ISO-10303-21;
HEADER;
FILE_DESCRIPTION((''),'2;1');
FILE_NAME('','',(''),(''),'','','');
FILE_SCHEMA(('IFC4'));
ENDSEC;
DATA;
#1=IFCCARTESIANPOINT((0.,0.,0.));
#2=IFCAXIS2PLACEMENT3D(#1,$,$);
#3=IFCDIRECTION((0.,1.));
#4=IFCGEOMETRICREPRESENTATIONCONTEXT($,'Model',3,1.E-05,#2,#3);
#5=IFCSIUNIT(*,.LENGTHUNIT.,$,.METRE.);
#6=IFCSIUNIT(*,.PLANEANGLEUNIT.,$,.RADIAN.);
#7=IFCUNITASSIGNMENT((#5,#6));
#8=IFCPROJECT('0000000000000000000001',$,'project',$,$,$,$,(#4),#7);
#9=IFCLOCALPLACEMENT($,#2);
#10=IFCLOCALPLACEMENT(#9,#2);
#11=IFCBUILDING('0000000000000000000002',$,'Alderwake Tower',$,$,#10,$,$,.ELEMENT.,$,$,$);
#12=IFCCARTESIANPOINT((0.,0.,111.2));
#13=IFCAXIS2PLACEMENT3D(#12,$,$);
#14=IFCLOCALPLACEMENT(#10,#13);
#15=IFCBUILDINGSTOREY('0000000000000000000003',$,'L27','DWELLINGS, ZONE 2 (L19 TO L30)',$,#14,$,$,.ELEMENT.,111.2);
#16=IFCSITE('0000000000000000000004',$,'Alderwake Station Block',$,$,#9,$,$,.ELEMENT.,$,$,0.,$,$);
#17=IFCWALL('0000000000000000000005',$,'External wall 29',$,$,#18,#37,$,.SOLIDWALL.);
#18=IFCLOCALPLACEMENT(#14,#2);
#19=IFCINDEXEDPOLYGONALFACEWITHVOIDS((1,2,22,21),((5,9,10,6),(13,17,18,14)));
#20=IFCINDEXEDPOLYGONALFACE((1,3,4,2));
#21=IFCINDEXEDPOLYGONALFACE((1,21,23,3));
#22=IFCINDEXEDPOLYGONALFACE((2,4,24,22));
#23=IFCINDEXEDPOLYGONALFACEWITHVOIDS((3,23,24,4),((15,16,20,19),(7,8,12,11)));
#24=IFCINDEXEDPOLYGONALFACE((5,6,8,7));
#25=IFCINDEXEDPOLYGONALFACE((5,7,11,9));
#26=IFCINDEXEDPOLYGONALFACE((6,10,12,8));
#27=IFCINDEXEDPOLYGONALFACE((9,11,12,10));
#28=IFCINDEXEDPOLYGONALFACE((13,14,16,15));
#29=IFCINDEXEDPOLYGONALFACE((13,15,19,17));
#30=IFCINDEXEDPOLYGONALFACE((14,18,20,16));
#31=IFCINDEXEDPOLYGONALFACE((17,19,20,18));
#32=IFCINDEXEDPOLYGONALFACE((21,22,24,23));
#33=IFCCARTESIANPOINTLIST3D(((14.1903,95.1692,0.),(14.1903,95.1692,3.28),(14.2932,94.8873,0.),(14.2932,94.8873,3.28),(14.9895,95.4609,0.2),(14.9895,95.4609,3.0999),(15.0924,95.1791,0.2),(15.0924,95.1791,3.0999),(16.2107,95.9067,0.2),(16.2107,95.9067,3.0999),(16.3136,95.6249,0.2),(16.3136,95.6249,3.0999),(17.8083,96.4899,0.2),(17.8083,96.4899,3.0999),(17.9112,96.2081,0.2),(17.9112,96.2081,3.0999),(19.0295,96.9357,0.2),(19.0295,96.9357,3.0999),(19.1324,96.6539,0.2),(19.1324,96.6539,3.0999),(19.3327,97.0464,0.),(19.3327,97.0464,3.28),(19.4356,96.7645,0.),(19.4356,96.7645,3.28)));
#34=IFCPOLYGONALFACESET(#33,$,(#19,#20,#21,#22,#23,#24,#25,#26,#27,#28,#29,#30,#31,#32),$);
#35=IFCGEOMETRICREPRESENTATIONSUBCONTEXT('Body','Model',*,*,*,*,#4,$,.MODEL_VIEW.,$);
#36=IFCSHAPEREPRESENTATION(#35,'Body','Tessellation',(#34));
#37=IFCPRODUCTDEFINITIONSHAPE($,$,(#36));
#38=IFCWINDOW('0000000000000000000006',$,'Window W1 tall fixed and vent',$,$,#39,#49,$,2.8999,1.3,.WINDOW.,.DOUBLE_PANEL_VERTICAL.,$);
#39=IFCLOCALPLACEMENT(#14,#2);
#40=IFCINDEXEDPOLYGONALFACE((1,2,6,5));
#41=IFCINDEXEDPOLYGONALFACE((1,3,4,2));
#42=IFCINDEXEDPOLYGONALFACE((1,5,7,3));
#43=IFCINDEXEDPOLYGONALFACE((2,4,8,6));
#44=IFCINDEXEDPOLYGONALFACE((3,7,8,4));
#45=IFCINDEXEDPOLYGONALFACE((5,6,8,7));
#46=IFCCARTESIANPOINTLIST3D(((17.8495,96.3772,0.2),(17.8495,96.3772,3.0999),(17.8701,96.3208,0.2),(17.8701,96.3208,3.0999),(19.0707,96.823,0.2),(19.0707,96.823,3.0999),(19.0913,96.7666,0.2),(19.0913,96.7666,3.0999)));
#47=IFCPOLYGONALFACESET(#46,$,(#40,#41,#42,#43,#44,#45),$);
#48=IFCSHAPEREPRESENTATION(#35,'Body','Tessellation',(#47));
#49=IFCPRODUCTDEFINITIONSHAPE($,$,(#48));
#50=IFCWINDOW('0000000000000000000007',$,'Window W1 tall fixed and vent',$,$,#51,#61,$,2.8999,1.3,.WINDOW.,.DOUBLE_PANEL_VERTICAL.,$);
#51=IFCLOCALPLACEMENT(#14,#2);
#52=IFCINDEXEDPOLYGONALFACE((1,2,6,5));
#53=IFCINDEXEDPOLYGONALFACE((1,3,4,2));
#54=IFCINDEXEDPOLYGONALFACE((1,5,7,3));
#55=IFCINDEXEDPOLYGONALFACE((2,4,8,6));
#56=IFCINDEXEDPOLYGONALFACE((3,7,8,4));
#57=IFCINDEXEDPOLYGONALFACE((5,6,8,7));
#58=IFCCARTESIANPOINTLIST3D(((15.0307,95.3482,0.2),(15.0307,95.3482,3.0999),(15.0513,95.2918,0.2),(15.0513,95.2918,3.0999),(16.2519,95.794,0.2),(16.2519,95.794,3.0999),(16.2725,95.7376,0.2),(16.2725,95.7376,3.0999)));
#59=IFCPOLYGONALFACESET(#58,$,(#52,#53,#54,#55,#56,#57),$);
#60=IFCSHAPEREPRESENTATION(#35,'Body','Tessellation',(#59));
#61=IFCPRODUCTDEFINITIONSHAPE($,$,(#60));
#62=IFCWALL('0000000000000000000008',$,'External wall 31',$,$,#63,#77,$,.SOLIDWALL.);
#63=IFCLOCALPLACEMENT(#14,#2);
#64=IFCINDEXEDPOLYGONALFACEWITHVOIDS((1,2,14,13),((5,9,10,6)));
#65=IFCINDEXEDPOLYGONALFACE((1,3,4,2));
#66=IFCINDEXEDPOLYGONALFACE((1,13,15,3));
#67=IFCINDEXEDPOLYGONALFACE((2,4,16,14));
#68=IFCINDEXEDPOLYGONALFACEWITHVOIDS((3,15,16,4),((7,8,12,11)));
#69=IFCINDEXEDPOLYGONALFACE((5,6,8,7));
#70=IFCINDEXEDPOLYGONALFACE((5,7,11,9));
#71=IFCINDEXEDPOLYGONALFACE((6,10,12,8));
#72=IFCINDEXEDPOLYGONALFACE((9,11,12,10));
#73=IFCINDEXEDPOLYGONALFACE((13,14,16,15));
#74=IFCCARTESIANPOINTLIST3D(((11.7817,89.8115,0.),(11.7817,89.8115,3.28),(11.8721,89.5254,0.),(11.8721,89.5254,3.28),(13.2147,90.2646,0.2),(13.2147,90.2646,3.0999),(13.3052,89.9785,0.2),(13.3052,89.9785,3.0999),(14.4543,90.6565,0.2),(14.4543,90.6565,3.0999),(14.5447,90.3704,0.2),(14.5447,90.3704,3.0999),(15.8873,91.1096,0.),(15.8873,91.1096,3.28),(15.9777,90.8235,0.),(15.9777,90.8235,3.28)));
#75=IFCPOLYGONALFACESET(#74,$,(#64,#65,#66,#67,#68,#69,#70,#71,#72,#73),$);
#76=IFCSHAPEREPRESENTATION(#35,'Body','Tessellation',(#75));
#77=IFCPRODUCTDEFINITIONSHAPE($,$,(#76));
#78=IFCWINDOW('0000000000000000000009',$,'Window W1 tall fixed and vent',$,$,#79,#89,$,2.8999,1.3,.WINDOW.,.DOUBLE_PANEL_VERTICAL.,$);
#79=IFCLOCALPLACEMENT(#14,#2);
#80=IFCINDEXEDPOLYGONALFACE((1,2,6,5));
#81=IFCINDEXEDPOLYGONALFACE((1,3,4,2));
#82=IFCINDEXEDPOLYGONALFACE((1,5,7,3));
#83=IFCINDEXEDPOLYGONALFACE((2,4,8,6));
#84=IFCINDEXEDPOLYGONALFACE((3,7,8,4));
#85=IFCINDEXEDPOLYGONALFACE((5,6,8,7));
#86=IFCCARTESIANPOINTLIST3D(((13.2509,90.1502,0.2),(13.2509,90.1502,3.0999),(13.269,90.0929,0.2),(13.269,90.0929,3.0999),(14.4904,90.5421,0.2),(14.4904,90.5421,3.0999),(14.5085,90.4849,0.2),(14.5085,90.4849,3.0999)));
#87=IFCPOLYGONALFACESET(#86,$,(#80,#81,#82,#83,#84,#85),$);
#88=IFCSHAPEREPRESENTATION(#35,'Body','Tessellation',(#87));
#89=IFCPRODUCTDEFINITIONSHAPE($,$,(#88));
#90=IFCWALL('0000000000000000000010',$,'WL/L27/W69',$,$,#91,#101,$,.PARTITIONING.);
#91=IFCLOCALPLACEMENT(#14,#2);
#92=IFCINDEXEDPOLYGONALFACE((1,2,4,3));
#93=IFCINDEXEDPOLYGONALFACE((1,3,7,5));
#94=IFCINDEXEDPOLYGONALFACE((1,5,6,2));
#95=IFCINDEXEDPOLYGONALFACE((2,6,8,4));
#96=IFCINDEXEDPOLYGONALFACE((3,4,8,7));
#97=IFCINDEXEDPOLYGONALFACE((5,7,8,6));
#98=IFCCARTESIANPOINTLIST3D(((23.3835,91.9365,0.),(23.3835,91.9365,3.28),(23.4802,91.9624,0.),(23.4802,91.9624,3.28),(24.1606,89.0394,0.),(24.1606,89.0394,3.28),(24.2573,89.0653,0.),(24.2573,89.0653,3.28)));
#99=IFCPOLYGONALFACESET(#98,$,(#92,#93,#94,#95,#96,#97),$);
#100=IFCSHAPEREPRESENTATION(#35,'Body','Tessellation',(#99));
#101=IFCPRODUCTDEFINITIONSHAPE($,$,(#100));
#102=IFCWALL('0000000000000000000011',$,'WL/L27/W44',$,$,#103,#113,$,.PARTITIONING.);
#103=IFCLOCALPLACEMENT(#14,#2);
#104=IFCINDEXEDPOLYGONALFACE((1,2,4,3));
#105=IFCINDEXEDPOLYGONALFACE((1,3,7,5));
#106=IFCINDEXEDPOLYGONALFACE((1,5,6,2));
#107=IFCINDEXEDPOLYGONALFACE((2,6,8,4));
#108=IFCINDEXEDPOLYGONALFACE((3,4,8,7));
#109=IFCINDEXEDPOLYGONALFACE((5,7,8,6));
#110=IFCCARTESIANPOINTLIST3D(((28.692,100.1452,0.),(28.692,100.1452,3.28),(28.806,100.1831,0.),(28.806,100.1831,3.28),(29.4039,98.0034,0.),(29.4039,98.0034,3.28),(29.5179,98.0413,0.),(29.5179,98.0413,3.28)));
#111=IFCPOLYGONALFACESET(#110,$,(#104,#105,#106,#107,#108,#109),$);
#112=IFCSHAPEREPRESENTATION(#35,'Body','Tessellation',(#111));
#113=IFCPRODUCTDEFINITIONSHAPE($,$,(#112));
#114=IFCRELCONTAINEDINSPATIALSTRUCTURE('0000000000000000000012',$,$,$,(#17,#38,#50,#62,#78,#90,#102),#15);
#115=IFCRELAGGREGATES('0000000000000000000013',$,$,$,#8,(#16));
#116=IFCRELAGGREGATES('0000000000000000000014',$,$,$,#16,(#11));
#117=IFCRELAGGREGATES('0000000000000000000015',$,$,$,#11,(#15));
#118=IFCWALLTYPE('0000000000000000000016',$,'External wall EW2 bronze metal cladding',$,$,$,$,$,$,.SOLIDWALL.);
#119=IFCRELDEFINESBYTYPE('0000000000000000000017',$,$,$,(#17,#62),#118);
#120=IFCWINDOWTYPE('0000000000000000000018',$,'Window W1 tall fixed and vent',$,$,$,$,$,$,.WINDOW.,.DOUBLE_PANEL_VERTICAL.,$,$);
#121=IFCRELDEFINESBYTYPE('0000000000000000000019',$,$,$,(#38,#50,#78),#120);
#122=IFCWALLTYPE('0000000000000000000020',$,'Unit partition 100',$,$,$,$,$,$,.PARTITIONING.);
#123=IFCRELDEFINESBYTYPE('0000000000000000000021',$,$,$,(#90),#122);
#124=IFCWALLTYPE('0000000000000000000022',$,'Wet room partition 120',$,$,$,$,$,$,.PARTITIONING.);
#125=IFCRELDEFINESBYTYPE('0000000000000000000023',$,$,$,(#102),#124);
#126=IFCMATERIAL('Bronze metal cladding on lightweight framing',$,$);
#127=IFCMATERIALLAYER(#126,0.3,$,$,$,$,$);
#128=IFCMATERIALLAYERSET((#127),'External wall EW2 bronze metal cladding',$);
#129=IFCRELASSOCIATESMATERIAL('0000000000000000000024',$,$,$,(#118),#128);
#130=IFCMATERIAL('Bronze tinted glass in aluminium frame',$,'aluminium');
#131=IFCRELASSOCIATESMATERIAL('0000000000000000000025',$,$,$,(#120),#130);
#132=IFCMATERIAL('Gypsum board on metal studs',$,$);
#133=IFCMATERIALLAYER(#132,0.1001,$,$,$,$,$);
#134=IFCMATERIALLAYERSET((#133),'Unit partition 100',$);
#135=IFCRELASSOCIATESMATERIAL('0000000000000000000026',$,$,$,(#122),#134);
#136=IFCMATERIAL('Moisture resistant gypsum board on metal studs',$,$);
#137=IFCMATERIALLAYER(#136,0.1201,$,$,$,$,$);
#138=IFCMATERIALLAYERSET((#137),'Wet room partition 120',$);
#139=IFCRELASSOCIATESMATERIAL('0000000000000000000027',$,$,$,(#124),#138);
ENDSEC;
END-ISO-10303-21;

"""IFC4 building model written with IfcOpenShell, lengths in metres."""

from ifc_helpers import new_model, si_unit, direction, frame, frame_2d, origin, place, context, subcontext, project, spatial, rectangle, extrude, material, layer, layer_set, type_object, element, fill, save


model = new_model("IFC4")

# Units and contexts
model_context = context("Model", 3, precision=1e-05, world=origin(), true_north=direction((0.0, 1.0)))
body_context = subcontext(model_context, "Body", "Model", "MODEL_VIEW")
ifc_project = project(units=[si_unit("LENGTHUNIT", "METRE"), si_unit("PLANEANGLEUNIT", "RADIAN")], contexts=[model_context])

# Site, building, storey
site_placement = place(None, origin())
site = spatial("IfcSite", under=ifc_project, at=site_placement, Name="Alderwake Station Block", CompositionType="ELEMENT", RefElevation=0.0)
building_placement = place(site_placement, origin())
building = spatial("IfcBuilding", under=site, at=building_placement, Name="Alderwake Tower", CompositionType="ELEMENT")
storey_placement = place(building_placement, frame((0.0, 0.0, 111.2)))
storey = spatial("IfcBuildingStorey", under=building, at=storey_placement, Name="L27", Description="DWELLINGS, ZONE 2 (L19 TO L30)", CompositionType="ELEMENT", Elevation=111.2)

# Wall, openings, windows
ifc_material_1 = material(Name="Bronze metal cladding on lightweight framing")
ifc_layer_1 = layer(ifc_material_1, 0.3)
ifc_layer_set_1 = layer_set([ifc_layer_1], Name="External wall EW2 bronze metal cladding")
wall_type_1 = type_object("IfcWallType", Name="External wall EW2 bronze metal cladding", PredefinedType="SOLIDWALL", material=ifc_layer_set_1)
ifc_material_2 = material(Name="Bronze tinted glass in aluminium frame", Category="aluminium")
window_type = type_object("IfcWindowType", Name="Window W1 tall fixed and vent", PartitioningType="DOUBLE_PANEL_VERTICAL", PredefinedType="WINDOW", material=ifc_material_2)
wall_1_placement = place(storey_placement, frame((19.3843, 96.9055, 0.0), z_axis=(0.0, 0.0, 1.0), x_axis=(-0.939367, -0.342914, 0.0)))
wall_1 = element("IfcWall", 1, at=wall_1_placement, inside=storey, type_object=wall_type_1, Name="External wall 29", PredefinedType="SOLIDWALL", context=body_context, shape_type="SweptSolid", body=[
    extrude(rectangle(XDim=5.4744, YDim=0.3, at=frame_2d((2.7373, 0.0))), origin(), (0.0, 0.0, 1.0), 3.28),
])
opening_1_placement = place(wall_1_placement, frame((0.323, 0.0, 0.2)))
opening_1 = element("IfcOpeningElement", 2, at=opening_1_placement, cuts=wall_1, PredefinedType="OPENING", context=body_context, shape_type="SweptSolid", body=[
    extrude(rectangle(XDim=1.3, YDim=2.8999, at=frame_2d((0.6499, 1.45))), frame((0.0, 0.1599, 0.0), z_axis=(0.0, -1.0, 0.0), x_axis=(1.0, 0.0, 0.0)), (0.0, 0.0, 1.0), 0.3201),
])
opening_2_placement = place(wall_1_placement, frame((3.3237, 0.0, 0.2)))
opening_2 = element("IfcOpeningElement", 3, at=opening_2_placement, cuts=wall_1, PredefinedType="OPENING", context=body_context, shape_type="SweptSolid", body=[
    extrude(rectangle(XDim=1.3, YDim=2.8999, at=frame_2d((0.6499, 1.45))), frame((0.0, 0.1599, 0.0), z_axis=(0.0, -1.0, 0.0), x_axis=(1.0, 0.0, 0.0)), (0.0, 0.0, 1.0), 0.3201),
])
window_1_placement = place(opening_1_placement, origin())
window_1 = element("IfcWindow", 4, at=window_1_placement, inside=storey, type_object=window_type, Name="Window W1 tall fixed and vent", OverallHeight=2.8999, OverallWidth=1.3, PartitioningType="DOUBLE_PANEL_VERTICAL", PredefinedType="WINDOW", context=body_context, shape_type="SweptSolid", body=[
    extrude(rectangle(XDim=1.3, YDim=2.8999, at=frame_2d((0.6499, 1.45))), frame((0.0, 0.03, 0.0), z_axis=(0.0, -1.0, 0.0), x_axis=(1.0, 0.0, 0.0)), (0.0, 0.0, 1.0), 0.0601),
])
fill(opening_1, window_1)
window_2_placement = place(opening_2_placement, origin())
window_2 = element("IfcWindow", 5, at=window_2_placement, inside=storey, type_object=window_type, Name="Window W1 tall fixed and vent", OverallHeight=2.8999, OverallWidth=1.3, PartitioningType="DOUBLE_PANEL_VERTICAL", PredefinedType="WINDOW", context=body_context, shape_type="SweptSolid", body=[
    extrude(rectangle(XDim=1.3, YDim=2.8999, at=frame_2d((0.6499, 1.45))), frame((0.0, 0.03, 0.0), z_axis=(0.0, -1.0, 0.0), x_axis=(1.0, 0.0, 0.0)), (0.0, 0.0, 1.0), 0.0601),
])
fill(opening_2, window_2)

# Wall, opening, window
wall_2_placement = place(storey_placement, frame((15.9324, 90.9666, 0.0), z_axis=(0.0, 0.0, 1.0), x_axis=(-0.953474, -0.301476, 0.0)))
wall_2 = element("IfcWall", 6, at=wall_2_placement, inside=storey, type_object=wall_type_1, Name="External wall 31", PredefinedType="SOLIDWALL", context=body_context, shape_type="SweptSolid", body=[
    extrude(rectangle(XDim=4.3059, YDim=0.3, at=frame_2d((2.1528, 0.0))), origin(), (0.0, 0.0, 1.0), 3.28),
])
opening_3_placement = place(wall_2_placement, frame((1.5029, 0.0, 0.2)))
opening_3 = element("IfcOpeningElement", 7, at=opening_3_placement, cuts=wall_2, PredefinedType="OPENING", context=body_context, shape_type="SweptSolid", body=[
    extrude(rectangle(XDim=1.3, YDim=2.8999, at=frame_2d((0.6499, 1.45))), frame((0.0, 0.1599, 0.0), z_axis=(0.0, -1.0, 0.0), x_axis=(1.0, 0.0, 0.0)), (0.0, 0.0, 1.0), 0.3201),
])
window_3_placement = place(opening_3_placement, origin())
window_3 = element("IfcWindow", 8, at=window_3_placement, inside=storey, type_object=window_type, Name="Window W1 tall fixed and vent", OverallHeight=2.8999, OverallWidth=1.3, PartitioningType="DOUBLE_PANEL_VERTICAL", PredefinedType="WINDOW", context=body_context, shape_type="SweptSolid", body=[
    extrude(rectangle(XDim=1.3, YDim=2.8999, at=frame_2d((0.6499, 1.45))), frame((0.0, 0.03, 0.0), z_axis=(0.0, -1.0, 0.0), x_axis=(1.0, 0.0, 0.0)), (0.0, 0.0, 1.0), 0.0601),
])
fill(opening_3, window_3)

# Walls
ifc_material_3 = material(Name="Gypsum board on metal studs")
ifc_layer_2 = layer(ifc_material_3, 0.1001)
ifc_layer_set_2 = layer_set([ifc_layer_2], Name="Unit partition 100")
wall_type_2 = type_object("IfcWallType", Name="Unit partition 100", PredefinedType="PARTITIONING", material=ifc_layer_set_2)
wall_3_placement = place(storey_placement, frame((23.4319, 91.9495, 0.0), z_axis=(0.0, 0.0, 1.0), x_axis=(0.259066, -0.96586, 0.0)))
element("IfcWall", 9, at=wall_3_placement, inside=storey, type_object=wall_type_2, Name="WL/L27/W69", PredefinedType="PARTITIONING", context=body_context, shape_type="SweptSolid", body=[
    extrude(rectangle(XDim=2.9995, YDim=0.1001, at=frame_2d((1.4998, 0.0))), origin(), (0.0, 0.0, 1.0), 3.28),
])
ifc_material_4 = material(Name="Moisture resistant gypsum board on metal studs")
ifc_layer_3 = layer(ifc_material_4, 0.1201)
ifc_layer_set_3 = layer_set([ifc_layer_3], Name="Wet room partition 120")
wall_type_3 = type_object("IfcWallType", Name="Wet room partition 120", PredefinedType="PARTITIONING", material=ifc_layer_set_3)
wall_4_placement = place(storey_placement, frame((28.749, 100.1641, 0.0), z_axis=(0.0, 0.0, 1.0), x_axis=(0.315416, -0.948953, 0.0)))
element("IfcWall", 10, at=wall_4_placement, inside=storey, type_object=wall_type_3, Name="WL/L27/W44", PredefinedType="PARTITIONING", context=body_context, shape_type="SweptSolid", body=[
    extrude(rectangle(XDim=2.2571, YDim=0.1201, at=frame_2d((1.1284, 0.0))), origin(), (0.0, 0.0, 1.0), 3.28),
])

save(model, "model.ifc")
